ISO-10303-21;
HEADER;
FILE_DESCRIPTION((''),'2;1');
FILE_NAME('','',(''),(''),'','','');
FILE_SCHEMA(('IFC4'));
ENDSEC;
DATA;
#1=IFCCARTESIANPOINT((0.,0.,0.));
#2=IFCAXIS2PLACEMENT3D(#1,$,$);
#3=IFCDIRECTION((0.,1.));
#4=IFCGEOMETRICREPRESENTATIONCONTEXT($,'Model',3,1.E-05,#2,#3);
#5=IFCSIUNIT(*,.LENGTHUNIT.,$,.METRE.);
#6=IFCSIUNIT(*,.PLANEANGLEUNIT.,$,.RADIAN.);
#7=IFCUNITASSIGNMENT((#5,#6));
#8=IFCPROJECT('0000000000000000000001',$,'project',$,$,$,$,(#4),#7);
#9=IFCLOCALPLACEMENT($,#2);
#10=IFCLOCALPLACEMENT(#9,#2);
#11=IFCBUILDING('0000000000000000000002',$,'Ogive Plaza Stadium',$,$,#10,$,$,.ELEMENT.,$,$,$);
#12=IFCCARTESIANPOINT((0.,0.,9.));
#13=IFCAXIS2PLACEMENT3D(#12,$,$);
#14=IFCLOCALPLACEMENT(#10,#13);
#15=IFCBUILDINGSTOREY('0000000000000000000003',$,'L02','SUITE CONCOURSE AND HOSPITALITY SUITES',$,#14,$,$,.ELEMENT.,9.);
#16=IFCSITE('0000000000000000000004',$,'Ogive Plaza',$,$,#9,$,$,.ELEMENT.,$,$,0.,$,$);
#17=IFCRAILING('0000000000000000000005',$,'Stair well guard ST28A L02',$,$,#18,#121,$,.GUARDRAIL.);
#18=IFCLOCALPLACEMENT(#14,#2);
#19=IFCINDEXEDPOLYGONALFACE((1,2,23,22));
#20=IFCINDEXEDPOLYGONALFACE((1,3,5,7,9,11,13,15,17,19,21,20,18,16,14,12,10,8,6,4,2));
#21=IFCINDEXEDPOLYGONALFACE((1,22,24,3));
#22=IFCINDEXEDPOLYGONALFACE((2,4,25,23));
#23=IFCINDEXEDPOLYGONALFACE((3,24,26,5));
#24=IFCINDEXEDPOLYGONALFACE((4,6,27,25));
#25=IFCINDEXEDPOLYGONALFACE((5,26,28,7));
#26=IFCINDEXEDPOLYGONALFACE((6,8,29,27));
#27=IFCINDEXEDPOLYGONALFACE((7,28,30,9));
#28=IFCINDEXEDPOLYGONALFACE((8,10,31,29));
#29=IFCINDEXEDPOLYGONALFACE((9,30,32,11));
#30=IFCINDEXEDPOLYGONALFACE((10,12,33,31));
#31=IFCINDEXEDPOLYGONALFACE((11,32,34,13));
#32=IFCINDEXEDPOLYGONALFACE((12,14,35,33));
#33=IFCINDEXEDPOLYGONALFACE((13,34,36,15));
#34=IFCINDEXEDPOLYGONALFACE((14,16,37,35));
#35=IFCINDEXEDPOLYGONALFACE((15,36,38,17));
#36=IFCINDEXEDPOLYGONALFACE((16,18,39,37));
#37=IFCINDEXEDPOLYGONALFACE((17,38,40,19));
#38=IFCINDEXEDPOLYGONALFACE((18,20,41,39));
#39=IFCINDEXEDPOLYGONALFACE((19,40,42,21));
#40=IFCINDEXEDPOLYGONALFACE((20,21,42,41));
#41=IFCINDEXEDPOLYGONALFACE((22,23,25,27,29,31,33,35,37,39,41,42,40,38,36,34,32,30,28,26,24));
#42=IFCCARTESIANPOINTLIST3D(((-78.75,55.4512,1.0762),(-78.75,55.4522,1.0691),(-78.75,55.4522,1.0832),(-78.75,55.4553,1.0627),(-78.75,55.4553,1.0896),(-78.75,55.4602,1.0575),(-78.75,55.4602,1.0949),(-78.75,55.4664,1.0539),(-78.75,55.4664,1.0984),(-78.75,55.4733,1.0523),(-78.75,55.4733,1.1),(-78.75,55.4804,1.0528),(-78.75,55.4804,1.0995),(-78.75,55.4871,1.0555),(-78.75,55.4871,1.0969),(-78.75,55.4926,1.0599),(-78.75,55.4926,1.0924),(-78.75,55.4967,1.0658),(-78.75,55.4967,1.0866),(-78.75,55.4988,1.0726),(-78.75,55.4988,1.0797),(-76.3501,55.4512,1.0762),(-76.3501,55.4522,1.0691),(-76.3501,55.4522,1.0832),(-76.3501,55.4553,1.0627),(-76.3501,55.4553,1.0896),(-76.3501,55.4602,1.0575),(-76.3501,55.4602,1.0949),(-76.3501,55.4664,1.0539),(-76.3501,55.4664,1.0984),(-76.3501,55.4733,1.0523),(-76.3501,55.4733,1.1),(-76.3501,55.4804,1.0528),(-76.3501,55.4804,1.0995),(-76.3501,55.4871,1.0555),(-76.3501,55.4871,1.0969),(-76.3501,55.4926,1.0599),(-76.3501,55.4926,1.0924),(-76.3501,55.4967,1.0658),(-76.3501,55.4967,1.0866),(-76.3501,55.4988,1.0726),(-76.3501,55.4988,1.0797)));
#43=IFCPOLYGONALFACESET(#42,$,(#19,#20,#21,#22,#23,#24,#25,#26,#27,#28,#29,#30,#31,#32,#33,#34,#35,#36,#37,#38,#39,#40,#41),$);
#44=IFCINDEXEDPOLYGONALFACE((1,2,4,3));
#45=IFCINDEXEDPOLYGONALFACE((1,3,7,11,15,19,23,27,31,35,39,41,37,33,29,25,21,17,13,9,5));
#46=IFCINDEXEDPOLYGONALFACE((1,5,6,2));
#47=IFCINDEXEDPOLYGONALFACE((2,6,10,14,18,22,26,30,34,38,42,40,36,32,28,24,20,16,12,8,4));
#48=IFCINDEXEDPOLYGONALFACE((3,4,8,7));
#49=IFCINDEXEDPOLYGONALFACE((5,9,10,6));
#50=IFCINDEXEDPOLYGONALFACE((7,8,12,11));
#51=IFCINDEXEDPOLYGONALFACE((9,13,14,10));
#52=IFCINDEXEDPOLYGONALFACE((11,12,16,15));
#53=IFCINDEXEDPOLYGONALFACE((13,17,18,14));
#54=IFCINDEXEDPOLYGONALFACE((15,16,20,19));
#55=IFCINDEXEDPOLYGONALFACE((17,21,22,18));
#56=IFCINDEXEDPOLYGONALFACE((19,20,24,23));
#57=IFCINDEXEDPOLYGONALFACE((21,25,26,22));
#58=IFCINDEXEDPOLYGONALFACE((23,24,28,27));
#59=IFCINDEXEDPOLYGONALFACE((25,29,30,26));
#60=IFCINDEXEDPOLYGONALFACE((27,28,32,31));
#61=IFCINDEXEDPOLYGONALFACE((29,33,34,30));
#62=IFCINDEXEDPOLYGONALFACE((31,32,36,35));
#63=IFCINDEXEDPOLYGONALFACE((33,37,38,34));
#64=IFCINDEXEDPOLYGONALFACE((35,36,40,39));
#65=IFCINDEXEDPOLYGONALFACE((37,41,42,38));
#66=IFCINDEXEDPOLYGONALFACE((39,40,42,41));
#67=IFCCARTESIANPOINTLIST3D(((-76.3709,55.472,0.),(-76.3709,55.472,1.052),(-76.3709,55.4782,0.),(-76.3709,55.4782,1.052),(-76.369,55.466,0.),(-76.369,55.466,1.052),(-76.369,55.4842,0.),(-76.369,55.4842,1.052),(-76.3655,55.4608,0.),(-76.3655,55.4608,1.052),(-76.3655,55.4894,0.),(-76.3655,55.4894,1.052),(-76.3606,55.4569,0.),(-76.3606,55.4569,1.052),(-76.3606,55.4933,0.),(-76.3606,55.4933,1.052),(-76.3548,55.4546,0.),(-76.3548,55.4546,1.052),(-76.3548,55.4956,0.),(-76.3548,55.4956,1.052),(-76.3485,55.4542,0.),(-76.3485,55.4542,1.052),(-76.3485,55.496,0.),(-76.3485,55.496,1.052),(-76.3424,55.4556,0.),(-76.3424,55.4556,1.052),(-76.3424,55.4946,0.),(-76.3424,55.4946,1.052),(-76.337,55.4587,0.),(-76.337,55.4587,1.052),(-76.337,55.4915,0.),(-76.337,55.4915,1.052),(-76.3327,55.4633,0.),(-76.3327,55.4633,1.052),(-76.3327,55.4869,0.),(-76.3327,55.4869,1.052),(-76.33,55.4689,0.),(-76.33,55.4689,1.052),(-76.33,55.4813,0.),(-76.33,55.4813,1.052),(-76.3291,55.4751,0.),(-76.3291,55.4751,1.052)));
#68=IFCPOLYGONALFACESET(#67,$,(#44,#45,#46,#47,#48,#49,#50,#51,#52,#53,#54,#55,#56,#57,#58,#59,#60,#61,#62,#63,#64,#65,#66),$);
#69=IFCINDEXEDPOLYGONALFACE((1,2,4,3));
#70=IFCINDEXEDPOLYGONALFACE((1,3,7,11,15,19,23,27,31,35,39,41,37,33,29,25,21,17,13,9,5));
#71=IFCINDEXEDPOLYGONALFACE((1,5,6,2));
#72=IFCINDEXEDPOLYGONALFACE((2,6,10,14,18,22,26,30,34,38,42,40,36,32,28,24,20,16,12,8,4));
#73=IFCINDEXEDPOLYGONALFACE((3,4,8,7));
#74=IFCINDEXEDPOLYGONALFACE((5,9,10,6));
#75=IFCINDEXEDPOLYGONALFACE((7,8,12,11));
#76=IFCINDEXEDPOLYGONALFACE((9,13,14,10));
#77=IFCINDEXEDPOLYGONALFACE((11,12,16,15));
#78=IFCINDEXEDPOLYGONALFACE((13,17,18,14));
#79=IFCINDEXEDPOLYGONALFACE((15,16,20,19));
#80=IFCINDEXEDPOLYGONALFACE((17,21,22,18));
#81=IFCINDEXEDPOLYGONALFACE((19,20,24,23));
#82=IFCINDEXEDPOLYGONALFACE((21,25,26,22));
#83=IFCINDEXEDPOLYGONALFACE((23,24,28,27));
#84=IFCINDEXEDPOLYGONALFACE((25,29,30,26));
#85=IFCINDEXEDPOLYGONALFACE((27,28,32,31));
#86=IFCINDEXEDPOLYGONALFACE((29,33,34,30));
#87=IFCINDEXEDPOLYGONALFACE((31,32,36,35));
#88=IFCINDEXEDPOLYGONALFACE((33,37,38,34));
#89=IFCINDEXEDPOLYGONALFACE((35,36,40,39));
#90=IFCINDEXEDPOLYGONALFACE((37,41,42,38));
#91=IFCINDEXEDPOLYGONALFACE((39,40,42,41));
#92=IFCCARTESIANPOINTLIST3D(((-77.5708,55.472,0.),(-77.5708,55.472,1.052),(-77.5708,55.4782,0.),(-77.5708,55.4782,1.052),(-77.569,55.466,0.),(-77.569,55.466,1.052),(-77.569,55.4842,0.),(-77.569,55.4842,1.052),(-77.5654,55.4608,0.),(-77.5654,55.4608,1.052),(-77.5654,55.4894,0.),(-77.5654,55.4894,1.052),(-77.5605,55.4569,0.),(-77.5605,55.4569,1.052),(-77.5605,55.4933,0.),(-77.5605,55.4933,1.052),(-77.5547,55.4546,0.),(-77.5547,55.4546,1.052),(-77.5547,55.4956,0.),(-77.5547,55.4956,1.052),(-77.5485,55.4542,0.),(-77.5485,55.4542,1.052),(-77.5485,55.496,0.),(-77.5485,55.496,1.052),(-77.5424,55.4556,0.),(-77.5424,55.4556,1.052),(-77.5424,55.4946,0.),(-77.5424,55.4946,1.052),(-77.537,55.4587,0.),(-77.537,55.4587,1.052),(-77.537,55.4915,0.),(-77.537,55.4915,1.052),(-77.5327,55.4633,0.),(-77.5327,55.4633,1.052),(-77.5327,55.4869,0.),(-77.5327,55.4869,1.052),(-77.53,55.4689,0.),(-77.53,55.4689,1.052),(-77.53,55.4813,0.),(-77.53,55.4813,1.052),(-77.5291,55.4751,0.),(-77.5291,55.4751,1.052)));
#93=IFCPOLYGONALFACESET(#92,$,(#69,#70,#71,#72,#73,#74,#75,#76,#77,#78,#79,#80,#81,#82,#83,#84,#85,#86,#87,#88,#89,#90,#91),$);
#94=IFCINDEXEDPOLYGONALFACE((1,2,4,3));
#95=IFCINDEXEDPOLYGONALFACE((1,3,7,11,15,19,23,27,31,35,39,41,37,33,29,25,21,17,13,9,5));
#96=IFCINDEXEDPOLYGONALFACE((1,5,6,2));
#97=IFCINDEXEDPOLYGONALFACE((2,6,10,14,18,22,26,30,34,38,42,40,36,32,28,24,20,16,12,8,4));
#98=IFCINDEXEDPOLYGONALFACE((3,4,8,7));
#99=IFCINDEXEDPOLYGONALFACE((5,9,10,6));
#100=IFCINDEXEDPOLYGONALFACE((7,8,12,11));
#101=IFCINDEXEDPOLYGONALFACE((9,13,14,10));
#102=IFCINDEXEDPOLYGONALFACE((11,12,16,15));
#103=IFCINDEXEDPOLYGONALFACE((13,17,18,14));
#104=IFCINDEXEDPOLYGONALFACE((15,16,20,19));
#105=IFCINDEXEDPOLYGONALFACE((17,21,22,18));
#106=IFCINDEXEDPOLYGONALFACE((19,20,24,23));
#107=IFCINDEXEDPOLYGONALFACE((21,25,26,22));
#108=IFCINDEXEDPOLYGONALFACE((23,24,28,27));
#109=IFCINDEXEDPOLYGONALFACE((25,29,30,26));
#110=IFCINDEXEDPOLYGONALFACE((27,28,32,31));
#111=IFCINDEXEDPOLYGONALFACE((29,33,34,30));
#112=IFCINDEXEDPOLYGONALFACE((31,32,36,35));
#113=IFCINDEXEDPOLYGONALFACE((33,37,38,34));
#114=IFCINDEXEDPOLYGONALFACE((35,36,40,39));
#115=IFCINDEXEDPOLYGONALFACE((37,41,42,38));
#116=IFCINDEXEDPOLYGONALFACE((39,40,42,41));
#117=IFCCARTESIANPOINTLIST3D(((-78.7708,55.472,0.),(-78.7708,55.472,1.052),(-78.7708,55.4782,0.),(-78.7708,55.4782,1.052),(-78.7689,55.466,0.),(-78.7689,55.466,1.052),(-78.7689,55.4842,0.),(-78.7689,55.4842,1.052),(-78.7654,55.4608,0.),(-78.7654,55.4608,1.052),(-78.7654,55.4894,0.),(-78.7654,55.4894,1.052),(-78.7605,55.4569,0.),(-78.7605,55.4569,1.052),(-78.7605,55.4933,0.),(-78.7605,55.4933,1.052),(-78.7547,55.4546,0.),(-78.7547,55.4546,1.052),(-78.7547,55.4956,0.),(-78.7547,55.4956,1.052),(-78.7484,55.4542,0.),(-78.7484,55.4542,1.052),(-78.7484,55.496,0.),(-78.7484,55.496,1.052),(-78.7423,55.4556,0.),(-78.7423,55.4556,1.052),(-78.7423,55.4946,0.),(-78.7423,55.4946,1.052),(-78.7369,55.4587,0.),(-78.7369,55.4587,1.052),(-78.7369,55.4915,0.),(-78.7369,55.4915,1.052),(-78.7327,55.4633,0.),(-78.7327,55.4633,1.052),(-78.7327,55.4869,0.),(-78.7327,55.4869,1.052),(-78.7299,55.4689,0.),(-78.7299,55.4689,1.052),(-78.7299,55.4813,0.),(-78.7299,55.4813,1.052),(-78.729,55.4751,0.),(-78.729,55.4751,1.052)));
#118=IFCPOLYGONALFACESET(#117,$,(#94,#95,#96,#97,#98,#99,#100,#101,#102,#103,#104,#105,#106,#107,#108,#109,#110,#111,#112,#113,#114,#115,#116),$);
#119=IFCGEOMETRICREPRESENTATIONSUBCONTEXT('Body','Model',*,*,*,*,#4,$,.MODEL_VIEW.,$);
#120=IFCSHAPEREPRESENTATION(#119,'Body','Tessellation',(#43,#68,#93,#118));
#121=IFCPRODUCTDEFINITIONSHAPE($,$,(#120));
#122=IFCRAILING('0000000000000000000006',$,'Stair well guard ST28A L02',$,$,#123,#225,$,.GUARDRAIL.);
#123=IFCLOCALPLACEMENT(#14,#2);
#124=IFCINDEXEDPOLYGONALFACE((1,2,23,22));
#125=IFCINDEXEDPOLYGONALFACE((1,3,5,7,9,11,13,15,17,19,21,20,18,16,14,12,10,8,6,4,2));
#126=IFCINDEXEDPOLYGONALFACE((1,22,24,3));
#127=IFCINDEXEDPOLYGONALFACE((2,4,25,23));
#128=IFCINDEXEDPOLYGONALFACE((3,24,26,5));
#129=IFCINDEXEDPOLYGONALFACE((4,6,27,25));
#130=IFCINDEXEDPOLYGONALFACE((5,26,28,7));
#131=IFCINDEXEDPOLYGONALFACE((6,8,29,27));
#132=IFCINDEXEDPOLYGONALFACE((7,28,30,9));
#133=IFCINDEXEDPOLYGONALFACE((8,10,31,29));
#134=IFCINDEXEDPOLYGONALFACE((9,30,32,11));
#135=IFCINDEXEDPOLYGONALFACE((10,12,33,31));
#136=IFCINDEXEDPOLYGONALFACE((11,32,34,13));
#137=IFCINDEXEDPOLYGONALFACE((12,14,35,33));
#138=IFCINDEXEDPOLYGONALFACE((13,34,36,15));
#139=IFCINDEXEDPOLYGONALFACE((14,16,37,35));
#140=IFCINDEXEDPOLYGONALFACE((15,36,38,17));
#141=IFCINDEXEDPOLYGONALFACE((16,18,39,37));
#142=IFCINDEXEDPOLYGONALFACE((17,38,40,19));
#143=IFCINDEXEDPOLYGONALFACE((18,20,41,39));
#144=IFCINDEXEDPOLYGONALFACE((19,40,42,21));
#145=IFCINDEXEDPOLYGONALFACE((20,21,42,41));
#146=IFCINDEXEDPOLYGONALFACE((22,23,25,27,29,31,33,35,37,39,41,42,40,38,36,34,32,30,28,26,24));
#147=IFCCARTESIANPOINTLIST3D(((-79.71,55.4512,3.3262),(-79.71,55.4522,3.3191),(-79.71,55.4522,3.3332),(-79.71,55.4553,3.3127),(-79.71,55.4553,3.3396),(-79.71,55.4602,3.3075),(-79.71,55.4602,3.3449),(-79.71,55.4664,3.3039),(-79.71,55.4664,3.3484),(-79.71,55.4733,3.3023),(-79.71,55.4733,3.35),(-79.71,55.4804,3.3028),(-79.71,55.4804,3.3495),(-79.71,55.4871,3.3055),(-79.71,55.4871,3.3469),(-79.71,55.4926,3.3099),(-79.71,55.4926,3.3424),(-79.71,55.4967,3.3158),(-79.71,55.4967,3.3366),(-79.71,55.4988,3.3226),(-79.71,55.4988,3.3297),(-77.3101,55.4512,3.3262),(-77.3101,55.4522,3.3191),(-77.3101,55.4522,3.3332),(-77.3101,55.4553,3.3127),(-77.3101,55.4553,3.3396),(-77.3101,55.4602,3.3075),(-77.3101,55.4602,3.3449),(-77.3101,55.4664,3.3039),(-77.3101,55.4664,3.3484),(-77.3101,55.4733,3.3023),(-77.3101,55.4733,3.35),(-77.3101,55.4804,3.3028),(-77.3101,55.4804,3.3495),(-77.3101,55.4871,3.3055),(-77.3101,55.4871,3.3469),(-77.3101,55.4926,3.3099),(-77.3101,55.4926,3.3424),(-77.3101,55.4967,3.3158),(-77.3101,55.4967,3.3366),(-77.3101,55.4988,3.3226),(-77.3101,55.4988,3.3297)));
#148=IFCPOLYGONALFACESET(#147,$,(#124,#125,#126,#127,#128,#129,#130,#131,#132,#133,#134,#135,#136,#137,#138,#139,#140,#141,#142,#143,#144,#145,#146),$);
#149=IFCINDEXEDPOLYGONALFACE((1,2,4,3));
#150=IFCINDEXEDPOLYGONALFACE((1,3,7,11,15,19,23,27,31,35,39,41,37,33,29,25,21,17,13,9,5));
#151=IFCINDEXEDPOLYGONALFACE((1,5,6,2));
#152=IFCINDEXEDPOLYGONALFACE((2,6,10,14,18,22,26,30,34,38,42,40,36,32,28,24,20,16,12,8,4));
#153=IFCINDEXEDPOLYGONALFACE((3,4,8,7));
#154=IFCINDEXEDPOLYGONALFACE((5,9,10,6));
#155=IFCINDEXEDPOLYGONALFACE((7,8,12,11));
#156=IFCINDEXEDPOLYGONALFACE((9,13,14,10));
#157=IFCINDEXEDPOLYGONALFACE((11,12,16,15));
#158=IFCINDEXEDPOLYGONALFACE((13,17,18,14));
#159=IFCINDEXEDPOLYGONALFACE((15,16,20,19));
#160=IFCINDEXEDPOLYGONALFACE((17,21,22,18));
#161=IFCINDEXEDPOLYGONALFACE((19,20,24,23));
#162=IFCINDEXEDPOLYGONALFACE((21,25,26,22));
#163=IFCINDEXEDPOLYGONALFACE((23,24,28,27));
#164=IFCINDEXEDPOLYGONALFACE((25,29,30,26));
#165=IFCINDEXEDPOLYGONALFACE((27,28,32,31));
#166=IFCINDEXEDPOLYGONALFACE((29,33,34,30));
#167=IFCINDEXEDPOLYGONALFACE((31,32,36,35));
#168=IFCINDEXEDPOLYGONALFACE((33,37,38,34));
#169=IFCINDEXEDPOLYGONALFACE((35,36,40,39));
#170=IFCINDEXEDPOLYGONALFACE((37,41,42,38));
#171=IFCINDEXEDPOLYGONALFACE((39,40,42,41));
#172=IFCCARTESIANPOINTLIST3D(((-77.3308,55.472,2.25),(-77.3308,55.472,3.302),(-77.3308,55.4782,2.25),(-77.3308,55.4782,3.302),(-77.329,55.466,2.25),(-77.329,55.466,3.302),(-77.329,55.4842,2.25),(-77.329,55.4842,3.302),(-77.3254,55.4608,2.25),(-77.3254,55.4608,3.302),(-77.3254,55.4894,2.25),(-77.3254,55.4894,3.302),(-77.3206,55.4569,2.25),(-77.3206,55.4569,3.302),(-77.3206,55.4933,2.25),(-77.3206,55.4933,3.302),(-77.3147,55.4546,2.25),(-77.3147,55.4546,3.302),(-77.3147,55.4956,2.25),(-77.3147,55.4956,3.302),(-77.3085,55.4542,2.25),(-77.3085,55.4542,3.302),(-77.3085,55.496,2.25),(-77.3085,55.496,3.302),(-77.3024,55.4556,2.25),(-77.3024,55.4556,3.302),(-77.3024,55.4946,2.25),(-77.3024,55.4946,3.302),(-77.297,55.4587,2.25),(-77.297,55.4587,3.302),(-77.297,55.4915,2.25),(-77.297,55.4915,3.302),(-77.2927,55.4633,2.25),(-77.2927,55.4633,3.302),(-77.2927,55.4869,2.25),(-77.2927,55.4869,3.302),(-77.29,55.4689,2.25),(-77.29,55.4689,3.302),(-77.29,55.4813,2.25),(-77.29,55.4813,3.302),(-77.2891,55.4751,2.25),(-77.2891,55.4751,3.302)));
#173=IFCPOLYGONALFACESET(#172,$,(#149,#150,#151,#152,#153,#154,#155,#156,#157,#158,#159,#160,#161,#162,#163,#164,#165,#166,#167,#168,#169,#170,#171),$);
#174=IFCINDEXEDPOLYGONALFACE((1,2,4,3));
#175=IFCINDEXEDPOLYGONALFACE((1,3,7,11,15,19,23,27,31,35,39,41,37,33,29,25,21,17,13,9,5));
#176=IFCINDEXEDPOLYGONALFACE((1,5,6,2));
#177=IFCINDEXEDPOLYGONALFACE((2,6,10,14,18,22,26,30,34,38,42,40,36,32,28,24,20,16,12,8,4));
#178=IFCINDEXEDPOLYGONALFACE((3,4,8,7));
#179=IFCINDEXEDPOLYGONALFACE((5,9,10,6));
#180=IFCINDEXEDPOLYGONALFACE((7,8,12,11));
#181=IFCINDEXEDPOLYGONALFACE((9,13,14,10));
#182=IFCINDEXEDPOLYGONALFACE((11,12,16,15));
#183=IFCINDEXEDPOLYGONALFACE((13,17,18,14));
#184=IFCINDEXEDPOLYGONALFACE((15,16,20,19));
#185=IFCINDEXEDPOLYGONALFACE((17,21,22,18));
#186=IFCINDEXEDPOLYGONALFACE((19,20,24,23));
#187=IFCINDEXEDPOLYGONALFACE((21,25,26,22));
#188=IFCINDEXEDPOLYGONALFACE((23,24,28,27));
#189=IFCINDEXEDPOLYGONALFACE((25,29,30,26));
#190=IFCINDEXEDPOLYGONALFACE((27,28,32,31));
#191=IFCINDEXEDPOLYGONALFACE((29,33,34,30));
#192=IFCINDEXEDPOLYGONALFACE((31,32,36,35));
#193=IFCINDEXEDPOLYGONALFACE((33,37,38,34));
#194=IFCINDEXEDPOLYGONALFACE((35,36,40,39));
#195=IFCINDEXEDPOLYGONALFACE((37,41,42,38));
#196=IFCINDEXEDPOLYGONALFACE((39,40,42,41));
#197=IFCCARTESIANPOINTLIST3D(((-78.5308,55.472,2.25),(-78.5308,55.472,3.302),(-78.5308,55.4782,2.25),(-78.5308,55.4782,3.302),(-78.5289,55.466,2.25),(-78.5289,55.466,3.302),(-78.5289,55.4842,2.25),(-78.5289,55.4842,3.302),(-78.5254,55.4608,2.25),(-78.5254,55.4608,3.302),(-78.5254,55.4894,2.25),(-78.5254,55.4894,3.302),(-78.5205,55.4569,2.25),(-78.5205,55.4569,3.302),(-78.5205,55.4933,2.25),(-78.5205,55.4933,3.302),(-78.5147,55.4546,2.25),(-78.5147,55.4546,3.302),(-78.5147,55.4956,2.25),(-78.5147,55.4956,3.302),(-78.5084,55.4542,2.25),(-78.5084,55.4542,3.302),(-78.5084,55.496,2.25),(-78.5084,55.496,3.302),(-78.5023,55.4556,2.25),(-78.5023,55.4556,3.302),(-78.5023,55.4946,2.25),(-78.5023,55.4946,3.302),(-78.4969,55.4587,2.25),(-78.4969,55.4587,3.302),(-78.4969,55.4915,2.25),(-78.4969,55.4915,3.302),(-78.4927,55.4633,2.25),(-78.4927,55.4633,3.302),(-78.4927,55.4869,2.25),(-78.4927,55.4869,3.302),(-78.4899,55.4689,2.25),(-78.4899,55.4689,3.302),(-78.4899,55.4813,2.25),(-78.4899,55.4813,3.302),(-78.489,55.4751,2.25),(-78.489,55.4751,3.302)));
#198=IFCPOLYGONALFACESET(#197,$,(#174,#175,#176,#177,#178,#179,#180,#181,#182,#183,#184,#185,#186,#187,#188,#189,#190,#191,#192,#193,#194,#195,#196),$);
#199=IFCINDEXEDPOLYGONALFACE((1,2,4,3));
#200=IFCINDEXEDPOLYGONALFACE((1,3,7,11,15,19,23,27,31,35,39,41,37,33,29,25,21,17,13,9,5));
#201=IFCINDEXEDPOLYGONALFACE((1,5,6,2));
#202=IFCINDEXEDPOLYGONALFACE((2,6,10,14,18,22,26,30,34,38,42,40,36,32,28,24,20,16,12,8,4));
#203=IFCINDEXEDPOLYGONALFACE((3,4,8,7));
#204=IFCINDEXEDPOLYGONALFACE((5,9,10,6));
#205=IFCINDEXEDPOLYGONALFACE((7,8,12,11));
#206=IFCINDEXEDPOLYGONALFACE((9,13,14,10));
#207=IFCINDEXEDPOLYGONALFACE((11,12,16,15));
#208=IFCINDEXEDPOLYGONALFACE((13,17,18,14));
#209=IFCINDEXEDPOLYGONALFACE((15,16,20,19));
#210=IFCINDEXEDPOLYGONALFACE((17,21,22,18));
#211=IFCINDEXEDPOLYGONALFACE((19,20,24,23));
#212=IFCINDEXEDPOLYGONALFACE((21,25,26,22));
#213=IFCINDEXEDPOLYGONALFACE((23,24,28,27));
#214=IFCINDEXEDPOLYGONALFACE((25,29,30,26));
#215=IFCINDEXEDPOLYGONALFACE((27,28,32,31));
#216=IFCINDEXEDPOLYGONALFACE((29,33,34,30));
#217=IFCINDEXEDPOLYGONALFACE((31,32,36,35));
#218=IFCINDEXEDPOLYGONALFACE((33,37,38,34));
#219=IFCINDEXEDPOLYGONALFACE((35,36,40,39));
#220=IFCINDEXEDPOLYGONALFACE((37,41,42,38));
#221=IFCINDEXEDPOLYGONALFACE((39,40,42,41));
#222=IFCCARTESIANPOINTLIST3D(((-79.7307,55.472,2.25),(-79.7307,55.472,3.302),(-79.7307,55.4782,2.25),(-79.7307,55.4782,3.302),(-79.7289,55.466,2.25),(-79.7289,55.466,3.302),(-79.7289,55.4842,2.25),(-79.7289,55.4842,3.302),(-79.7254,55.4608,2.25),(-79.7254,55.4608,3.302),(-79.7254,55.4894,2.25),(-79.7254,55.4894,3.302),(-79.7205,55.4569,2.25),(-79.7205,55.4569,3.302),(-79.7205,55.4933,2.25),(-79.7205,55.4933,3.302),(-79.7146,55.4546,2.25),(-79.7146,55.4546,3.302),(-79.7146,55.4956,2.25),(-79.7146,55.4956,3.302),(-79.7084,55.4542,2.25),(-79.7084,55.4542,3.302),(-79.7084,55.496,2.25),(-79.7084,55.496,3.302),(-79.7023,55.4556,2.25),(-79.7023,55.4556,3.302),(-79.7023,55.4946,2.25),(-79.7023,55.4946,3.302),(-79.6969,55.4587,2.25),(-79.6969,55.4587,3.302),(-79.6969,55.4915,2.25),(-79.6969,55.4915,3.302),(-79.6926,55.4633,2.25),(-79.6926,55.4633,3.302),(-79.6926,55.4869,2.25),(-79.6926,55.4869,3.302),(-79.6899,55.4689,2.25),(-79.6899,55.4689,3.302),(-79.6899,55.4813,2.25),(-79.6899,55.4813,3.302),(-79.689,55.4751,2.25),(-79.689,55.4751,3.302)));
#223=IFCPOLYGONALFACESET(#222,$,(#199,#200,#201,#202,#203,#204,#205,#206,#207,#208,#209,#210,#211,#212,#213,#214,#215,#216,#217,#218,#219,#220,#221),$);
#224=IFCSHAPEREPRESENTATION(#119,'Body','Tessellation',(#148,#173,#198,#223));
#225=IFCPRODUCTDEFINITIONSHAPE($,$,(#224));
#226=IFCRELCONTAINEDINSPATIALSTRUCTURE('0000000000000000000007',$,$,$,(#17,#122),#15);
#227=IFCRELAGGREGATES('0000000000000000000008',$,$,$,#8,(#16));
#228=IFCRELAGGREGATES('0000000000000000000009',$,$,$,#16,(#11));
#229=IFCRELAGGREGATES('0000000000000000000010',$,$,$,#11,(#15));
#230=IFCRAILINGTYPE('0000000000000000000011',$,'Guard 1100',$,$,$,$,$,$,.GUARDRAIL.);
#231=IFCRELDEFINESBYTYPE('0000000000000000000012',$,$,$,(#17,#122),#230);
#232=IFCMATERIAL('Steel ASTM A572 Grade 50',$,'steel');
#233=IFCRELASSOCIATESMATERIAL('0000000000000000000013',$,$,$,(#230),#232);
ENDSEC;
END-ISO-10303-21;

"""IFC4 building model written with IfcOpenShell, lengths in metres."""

from ifc_helpers import new_model, si_unit, direction, frame, origin, origin_2d, place, context, subcontext, project, spatial, circle, extrude, material, type_object, element, save


model = new_model("IFC4")

# Units and contexts
model_context = context("Model", 3, precision=1e-05, world=origin(), true_north=direction((0.0, 1.0)))
body_context = subcontext(model_context, "Body", "Model", "MODEL_VIEW")
ifc_project = project(units=[si_unit("LENGTHUNIT", "METRE"), si_unit("PLANEANGLEUNIT", "RADIAN")], contexts=[model_context])

# Site, building, storey
site_placement = place(None, origin())
site = spatial("IfcSite", under=ifc_project, at=site_placement, Name="Ogive Plaza", CompositionType="ELEMENT", RefElevation=0.0)
building_placement = place(site_placement, origin())
building = spatial("IfcBuilding", under=site, at=building_placement, Name="Ogive Plaza Stadium", CompositionType="ELEMENT")
storey_placement = place(building_placement, frame((0.0, 0.0, 9.0)))
storey = spatial("IfcBuildingStorey", under=building, at=storey_placement, Name="L02", Description="SUITE CONCOURSE AND HOSPITALITY SUITES", CompositionType="ELEMENT", Elevation=9.0)

# Railings
ifc_material_1 = material(Name="Steel ASTM A572 Grade 50", Category="steel")
railing_type_1 = type_object("IfcRailingType", Name="Guard 1100", PredefinedType="GUARDRAIL", material=ifc_material_1)
for number, where, name in (
    (1, (-76.3501, 55.4751, 0.0), "Stair well guard ST28A L02"),
    (2, (-77.3101, 55.4751, 2.25), "Stair well guard ST28A L02"),
):
    element("IfcRailing", number, at=place(storey_placement, frame(where)), inside=storey, type_object=railing_type_1, Name=name, PredefinedType="GUARDRAIL", context=body_context, shape_type="SweptSolid", body=[
        extrude(circle(Radius=0.0239, at=origin_2d()), frame((0.0, 0.0, 1.0762), z_axis=(-1.0, 0.0, 0.0), x_axis=(0.0, -1.0, 0.0)), (0.0, 0.0, 1.0), 2.3999),
        extrude(circle(Radius=0.021, at=origin_2d()), origin(), (0.0, 0.0, 1.0), 1.052),
        extrude(circle(Radius=0.021, at=origin_2d()), frame((-1.2, 0.0, 0.0)), (0.0, 0.0, 1.0), 1.052),
        extrude(circle(Radius=0.021, at=origin_2d()), frame((-2.3999, 0.0, 0.0)), (0.0, 0.0, 1.0), 1.052),
    ])

save(model, "model.ifc")
